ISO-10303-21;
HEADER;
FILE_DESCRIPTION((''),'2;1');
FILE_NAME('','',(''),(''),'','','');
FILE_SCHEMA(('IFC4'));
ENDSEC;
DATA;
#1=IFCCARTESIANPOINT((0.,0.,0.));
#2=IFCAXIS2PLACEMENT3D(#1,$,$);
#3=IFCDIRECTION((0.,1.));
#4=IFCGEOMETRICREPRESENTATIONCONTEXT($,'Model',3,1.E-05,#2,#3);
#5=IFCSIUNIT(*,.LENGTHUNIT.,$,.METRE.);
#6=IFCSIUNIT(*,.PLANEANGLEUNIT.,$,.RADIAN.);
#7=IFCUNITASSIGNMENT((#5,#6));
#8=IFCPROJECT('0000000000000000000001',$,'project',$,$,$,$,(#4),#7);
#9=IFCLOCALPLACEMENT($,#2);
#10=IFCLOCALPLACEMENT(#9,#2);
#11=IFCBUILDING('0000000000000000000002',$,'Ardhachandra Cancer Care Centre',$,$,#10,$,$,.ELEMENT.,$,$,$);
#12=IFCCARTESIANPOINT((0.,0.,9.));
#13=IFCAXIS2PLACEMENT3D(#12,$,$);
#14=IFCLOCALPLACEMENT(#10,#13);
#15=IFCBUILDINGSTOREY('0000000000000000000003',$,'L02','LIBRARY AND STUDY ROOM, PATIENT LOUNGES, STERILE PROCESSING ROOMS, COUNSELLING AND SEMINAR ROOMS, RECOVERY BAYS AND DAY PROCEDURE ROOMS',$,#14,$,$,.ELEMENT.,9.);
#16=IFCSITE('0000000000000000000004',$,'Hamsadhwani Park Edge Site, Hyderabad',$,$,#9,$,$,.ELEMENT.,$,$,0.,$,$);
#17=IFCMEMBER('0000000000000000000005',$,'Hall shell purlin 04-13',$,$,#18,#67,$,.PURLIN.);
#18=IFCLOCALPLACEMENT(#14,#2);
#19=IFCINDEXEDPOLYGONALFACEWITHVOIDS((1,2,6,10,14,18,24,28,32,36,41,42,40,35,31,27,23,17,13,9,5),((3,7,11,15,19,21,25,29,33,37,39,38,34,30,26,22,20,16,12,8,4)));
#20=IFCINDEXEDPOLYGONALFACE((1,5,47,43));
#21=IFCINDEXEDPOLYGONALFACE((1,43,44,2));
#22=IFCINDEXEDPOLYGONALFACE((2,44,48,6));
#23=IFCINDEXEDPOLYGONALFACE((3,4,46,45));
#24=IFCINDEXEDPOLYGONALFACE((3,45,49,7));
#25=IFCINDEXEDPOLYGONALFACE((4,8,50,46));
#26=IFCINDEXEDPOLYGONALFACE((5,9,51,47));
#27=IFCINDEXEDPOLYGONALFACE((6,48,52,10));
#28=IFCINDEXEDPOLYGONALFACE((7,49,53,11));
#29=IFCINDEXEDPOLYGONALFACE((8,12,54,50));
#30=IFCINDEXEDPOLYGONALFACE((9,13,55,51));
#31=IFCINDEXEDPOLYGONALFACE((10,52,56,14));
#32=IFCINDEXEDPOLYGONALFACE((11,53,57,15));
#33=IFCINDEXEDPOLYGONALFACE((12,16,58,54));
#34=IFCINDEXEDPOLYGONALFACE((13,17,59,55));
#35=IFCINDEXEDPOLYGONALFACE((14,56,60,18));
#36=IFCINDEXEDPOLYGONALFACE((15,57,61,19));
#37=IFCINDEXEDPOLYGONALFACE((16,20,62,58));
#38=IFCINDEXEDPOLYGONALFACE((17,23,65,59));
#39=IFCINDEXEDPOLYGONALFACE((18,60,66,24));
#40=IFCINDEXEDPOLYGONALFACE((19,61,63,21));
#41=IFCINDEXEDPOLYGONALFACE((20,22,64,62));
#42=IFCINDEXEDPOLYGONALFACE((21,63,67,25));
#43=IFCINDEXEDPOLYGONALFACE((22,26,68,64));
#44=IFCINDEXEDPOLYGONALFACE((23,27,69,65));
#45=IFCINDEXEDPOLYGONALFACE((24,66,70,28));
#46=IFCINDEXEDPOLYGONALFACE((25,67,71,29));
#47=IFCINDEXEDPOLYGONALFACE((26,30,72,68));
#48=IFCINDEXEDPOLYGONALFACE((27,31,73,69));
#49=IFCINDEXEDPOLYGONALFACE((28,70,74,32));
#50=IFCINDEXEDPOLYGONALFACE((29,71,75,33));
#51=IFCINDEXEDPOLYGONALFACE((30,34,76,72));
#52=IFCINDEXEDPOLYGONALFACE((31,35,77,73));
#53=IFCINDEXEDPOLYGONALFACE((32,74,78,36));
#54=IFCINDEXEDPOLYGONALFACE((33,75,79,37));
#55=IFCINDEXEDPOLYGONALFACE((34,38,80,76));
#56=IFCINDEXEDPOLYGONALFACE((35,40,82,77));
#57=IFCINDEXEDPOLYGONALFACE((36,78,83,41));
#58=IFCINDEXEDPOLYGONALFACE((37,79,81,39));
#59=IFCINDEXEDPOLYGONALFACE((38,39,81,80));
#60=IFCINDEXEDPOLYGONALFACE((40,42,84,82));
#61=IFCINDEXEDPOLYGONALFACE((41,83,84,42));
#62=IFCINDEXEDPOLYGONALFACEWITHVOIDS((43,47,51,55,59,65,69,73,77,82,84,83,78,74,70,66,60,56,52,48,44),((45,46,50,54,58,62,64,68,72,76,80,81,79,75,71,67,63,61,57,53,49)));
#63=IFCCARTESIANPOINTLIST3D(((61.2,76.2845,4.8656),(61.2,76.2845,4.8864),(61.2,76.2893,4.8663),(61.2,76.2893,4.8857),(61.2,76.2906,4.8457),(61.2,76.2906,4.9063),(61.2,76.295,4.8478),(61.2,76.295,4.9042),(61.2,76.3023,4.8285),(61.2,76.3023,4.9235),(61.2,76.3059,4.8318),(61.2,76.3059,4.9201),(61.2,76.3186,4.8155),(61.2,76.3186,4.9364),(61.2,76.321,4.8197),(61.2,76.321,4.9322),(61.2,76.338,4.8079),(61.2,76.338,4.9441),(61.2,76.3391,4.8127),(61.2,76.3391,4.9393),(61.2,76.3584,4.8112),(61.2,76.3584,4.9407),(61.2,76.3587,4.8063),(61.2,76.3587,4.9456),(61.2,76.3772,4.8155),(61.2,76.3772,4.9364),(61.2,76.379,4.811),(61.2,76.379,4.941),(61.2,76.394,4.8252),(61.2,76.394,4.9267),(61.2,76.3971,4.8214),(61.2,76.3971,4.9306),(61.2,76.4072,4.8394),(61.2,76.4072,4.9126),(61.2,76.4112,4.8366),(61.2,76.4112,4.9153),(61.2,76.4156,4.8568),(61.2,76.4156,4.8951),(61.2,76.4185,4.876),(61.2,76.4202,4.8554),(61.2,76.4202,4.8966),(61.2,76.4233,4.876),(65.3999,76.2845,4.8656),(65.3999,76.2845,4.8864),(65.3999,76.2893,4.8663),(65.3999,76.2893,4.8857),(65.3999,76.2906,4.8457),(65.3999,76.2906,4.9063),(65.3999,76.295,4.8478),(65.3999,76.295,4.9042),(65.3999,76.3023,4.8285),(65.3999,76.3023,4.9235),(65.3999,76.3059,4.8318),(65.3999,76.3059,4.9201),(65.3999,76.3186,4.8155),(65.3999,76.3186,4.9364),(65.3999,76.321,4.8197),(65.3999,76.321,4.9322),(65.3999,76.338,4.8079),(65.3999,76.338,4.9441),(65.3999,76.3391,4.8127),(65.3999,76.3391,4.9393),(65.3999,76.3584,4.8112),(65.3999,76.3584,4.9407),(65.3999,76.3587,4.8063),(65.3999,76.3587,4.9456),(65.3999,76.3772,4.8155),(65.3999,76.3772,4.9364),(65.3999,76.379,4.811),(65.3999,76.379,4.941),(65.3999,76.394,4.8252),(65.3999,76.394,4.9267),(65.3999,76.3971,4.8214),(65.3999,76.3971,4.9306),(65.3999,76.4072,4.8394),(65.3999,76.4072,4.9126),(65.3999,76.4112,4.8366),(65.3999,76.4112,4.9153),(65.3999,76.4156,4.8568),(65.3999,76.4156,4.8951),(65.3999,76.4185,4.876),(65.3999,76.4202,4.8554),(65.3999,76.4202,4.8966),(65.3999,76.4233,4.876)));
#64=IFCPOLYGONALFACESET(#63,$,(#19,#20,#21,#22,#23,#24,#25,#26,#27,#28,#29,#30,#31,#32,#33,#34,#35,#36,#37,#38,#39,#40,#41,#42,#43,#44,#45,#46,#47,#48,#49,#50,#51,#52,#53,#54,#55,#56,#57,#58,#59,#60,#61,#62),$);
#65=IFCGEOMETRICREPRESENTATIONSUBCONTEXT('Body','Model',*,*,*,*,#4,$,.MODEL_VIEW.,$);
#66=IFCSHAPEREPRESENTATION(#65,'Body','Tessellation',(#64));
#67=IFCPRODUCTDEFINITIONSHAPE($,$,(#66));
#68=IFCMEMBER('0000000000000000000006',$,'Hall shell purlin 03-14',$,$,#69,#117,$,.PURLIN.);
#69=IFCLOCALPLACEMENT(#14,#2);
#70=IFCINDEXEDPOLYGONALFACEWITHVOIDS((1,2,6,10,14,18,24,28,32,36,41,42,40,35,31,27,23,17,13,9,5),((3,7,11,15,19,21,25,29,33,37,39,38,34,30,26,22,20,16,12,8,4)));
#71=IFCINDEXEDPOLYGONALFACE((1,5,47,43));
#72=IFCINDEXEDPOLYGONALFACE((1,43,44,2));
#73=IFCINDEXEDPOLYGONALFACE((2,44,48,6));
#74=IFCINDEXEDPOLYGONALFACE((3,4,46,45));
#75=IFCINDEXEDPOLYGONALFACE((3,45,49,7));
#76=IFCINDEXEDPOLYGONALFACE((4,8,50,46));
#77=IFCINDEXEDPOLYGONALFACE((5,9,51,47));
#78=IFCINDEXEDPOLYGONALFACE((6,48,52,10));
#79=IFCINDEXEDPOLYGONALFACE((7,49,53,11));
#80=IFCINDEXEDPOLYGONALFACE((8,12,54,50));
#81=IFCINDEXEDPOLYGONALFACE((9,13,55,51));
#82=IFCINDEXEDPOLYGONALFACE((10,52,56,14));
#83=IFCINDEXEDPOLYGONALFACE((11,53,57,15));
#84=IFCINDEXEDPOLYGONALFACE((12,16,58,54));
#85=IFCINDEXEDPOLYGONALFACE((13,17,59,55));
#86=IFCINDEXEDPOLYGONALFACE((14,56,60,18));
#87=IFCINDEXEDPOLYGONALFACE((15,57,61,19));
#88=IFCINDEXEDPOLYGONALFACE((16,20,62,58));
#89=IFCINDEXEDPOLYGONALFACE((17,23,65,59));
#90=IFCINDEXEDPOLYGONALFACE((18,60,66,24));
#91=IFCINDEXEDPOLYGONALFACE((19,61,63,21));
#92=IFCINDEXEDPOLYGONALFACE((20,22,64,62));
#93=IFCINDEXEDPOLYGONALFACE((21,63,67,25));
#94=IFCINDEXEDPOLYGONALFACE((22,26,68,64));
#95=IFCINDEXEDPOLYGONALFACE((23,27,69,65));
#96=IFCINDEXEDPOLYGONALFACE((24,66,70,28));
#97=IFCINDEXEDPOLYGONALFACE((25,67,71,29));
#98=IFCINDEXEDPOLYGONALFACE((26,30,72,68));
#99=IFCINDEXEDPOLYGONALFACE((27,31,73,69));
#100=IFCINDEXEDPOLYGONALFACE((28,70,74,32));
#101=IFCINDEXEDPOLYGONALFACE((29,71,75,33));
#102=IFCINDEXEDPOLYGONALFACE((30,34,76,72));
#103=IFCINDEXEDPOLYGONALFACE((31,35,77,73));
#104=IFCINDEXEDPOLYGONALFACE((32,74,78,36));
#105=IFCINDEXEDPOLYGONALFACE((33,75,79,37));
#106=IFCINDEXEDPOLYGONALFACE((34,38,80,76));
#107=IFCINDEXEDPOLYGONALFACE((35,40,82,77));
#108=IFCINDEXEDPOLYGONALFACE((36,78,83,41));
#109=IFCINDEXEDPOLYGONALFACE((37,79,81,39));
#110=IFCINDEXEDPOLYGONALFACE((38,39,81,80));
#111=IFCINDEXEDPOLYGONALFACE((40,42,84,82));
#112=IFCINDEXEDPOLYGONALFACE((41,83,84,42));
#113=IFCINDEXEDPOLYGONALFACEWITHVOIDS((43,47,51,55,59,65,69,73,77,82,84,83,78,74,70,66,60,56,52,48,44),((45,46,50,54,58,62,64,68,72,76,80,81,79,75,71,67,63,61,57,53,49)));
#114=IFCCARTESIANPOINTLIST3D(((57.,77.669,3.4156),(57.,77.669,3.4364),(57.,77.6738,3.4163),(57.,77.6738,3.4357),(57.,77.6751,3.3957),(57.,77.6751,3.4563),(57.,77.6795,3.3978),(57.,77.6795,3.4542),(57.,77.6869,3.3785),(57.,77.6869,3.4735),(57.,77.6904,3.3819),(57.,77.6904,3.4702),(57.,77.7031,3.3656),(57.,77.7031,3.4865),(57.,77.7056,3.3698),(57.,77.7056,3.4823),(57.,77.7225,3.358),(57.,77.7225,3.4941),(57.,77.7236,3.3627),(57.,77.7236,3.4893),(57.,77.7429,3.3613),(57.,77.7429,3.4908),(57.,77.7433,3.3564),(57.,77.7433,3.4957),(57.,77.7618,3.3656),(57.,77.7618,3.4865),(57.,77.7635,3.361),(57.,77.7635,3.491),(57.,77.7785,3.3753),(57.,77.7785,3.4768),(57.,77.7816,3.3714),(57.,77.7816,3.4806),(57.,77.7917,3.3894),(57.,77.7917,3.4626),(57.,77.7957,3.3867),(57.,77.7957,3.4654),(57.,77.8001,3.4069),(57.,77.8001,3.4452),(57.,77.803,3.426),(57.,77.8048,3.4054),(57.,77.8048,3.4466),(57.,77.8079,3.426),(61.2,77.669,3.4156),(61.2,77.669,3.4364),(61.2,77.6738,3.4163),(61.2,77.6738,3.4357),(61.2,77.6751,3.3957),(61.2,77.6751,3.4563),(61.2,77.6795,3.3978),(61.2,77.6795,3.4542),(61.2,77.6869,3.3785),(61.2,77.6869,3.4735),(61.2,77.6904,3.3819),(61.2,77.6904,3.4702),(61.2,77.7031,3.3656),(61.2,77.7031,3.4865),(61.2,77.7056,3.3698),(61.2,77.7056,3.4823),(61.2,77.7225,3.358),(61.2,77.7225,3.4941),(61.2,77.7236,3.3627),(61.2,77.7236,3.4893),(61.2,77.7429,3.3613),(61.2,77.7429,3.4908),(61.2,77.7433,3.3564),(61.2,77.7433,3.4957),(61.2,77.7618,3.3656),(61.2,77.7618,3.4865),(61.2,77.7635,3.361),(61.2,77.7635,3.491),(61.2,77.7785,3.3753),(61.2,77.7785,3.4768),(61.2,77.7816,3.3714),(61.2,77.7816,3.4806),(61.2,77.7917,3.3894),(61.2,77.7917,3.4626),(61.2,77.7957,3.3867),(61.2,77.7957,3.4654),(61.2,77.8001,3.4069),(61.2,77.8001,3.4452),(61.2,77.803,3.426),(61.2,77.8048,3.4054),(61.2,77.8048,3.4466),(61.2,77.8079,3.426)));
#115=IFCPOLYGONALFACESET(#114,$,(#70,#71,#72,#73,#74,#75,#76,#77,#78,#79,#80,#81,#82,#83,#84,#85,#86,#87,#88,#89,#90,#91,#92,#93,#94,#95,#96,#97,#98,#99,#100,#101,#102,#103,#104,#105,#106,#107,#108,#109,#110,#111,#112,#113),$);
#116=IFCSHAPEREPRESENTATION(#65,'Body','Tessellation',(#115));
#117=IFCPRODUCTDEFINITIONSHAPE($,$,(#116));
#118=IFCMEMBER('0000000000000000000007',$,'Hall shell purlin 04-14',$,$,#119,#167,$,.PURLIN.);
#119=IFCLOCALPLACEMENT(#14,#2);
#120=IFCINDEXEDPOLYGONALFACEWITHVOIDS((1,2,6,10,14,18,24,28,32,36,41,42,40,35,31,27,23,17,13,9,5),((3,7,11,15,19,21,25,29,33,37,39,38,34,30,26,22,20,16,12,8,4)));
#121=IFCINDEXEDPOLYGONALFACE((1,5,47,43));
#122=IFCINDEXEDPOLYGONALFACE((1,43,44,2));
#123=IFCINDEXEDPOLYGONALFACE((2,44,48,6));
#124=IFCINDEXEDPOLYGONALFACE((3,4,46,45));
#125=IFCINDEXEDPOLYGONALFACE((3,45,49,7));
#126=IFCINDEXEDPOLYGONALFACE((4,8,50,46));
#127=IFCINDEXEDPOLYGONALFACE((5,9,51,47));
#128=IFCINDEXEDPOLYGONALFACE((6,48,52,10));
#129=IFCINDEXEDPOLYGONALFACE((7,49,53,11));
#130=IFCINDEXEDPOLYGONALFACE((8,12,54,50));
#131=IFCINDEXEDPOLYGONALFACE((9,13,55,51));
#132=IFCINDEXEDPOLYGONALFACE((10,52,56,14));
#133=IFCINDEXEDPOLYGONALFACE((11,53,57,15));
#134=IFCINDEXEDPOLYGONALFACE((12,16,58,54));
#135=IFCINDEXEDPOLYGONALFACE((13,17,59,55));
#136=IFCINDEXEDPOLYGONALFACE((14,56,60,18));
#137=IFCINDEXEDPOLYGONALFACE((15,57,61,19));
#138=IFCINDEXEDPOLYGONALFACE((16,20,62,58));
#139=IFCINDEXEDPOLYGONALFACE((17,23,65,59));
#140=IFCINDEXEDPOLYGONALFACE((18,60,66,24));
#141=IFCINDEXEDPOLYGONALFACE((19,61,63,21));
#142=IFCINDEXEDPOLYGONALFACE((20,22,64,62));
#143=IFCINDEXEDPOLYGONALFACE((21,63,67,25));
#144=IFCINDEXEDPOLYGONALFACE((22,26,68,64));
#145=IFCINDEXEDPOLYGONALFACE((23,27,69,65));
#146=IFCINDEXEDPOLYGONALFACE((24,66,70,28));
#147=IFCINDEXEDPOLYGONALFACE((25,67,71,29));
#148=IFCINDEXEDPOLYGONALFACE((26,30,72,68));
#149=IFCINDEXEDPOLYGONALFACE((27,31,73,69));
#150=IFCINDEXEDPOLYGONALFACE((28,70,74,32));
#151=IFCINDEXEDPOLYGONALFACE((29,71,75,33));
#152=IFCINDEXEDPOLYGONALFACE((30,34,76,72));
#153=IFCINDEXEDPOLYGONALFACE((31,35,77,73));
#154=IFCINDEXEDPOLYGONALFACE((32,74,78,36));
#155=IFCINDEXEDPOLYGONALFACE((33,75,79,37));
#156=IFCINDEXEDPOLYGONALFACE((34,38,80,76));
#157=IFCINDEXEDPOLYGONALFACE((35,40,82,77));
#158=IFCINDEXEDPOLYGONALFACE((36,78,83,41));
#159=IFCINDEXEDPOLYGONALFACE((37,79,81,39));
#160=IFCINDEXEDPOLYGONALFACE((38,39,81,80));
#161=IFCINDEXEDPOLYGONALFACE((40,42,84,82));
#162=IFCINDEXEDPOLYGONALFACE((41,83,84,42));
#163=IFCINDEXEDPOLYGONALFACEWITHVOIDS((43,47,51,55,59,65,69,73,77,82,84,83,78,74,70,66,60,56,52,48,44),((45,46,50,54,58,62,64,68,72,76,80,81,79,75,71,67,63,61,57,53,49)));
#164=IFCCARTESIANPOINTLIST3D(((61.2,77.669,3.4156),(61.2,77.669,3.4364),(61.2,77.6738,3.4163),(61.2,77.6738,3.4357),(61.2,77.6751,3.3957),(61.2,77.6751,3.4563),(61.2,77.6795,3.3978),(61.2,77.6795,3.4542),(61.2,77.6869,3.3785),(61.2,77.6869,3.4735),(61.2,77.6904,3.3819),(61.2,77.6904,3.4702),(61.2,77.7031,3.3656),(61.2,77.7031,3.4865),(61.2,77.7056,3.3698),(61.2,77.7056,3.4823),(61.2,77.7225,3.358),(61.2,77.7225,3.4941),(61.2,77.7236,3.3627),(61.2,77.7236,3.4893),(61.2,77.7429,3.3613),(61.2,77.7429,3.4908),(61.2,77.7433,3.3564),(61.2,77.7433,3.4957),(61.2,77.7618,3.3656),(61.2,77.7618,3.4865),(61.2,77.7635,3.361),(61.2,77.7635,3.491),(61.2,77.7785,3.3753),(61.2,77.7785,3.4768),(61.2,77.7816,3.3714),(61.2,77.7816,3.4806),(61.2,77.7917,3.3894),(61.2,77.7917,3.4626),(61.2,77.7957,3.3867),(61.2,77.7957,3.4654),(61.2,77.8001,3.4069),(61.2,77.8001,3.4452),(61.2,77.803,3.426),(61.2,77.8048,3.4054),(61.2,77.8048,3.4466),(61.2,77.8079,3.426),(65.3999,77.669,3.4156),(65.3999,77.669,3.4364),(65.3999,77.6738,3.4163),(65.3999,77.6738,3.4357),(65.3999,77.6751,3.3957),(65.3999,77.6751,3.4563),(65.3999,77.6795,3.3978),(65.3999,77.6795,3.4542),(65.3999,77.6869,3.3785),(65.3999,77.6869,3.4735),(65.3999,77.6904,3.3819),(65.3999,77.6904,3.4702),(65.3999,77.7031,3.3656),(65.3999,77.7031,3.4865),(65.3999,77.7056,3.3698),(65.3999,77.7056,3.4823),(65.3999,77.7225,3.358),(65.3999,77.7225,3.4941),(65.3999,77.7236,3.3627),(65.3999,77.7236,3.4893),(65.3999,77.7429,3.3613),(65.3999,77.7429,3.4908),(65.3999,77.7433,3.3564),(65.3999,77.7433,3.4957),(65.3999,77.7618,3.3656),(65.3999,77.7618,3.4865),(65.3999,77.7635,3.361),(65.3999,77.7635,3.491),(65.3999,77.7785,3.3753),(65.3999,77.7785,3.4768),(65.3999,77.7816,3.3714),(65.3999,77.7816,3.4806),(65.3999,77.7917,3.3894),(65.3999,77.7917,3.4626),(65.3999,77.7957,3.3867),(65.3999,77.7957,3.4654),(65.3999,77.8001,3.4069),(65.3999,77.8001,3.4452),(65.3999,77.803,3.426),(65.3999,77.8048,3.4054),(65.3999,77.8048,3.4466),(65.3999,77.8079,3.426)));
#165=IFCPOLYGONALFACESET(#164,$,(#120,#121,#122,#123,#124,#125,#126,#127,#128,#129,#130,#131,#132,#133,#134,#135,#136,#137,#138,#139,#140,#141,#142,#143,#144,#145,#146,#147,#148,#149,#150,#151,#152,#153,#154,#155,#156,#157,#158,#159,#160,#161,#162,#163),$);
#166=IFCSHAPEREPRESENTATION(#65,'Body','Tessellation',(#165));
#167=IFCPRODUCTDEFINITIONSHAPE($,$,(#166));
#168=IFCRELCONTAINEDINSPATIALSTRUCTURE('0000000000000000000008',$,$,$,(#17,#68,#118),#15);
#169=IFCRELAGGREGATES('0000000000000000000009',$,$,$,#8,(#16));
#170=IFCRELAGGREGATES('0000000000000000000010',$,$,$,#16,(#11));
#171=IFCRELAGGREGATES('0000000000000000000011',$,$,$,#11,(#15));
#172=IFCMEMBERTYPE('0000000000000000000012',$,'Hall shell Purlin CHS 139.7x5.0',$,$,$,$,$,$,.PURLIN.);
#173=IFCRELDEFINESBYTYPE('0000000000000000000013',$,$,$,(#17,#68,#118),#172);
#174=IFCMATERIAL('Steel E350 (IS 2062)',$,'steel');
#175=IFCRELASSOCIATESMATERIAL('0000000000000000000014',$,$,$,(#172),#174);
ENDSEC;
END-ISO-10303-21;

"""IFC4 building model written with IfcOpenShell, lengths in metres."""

from ifc_helpers import new_model, si_unit, direction, frame, origin, origin_2d, place, context, subcontext, project, spatial, hollow_circle, extrude, material, material_profile, profile_set, type_object, element, save


model = new_model("IFC4")

# Units and contexts
model_context = context("Model", 3, precision=1e-05, world=origin(), true_north=direction((0.0, 1.0)))
body_context = subcontext(model_context, "Body", "Model", "MODEL_VIEW")
ifc_project = project(units=[si_unit("LENGTHUNIT", "METRE"), si_unit("PLANEANGLEUNIT", "RADIAN")], contexts=[model_context])

# Site, building, storey
site_placement = place(None, origin())
site = spatial("IfcSite", under=ifc_project, at=site_placement, Name="Hamsadhwani Park Edge Site, Hyderabad", CompositionType="ELEMENT", RefElevation=0.0)
building_placement = place(site_placement, origin())
building = spatial("IfcBuilding", under=site, at=building_placement, Name="Ardhachandra Cancer Care Centre", CompositionType="ELEMENT")
storey_placement = place(building_placement, frame((0.0, 0.0, 9.0)))
storey = spatial("IfcBuildingStorey", under=building, at=storey_placement, Name="L02", Description="LIBRARY AND STUDY ROOM, PATIENT LOUNGES, STERILE PROCESSING ROOMS, COUNSELLING AND SEMINAR ROOMS, RECOVERY BAYS AND DAY PROCEDURE ROOMS", CompositionType="ELEMENT", Elevation=9.0)

# Members
ifc_material_1 = material(Name="Steel E350 (IS 2062)", Category="steel")
ifc_material_profile_1 = material_profile(ifc_material_1, hollow_circle(Radius=0.0698, WallThickness=0.0049, at=origin_2d()), Name="CHS 139.7x5.0")
ifc_profile_set_1 = profile_set([ifc_material_profile_1], Name="Steel E350 (IS 2062)")
member_type_1 = type_object("IfcMemberType", Name="Hall shell Purlin CHS 139.7x5.0", PredefinedType="PURLIN", material=ifc_profile_set_1)
for number, where, z_axis, x_axis, name in (
    (1, (61.2, 76.3535, 4.876), (1.0, 0.0, 0.0), (0.0, 1.0, 0.0), "Hall shell purlin 04-13"),
    (2, (57.0, 77.738, 3.426), (1.0, 0.0, 0.0), (0.0, 1.0, 0.0), "Hall shell purlin 03-14"),
    (3, (61.2, 77.738, 3.426), (1.0, 0.0, 0.0), (0.0, 1.0, 0.0), "Hall shell purlin 04-14"),
):
    element("IfcMember", number, at=place(storey_placement, frame(where, z_axis=z_axis, x_axis=x_axis)), inside=storey, type_object=member_type_1, Name=name, PredefinedType="PURLIN", context=body_context, shape_type="SweptSolid", body=[
        extrude(hollow_circle(Radius=0.0698, WallThickness=0.0049, at=origin_2d()), origin(), (0.0, 0.0, 1.0), 4.2),
    ])

save(model, "model.ifc")
